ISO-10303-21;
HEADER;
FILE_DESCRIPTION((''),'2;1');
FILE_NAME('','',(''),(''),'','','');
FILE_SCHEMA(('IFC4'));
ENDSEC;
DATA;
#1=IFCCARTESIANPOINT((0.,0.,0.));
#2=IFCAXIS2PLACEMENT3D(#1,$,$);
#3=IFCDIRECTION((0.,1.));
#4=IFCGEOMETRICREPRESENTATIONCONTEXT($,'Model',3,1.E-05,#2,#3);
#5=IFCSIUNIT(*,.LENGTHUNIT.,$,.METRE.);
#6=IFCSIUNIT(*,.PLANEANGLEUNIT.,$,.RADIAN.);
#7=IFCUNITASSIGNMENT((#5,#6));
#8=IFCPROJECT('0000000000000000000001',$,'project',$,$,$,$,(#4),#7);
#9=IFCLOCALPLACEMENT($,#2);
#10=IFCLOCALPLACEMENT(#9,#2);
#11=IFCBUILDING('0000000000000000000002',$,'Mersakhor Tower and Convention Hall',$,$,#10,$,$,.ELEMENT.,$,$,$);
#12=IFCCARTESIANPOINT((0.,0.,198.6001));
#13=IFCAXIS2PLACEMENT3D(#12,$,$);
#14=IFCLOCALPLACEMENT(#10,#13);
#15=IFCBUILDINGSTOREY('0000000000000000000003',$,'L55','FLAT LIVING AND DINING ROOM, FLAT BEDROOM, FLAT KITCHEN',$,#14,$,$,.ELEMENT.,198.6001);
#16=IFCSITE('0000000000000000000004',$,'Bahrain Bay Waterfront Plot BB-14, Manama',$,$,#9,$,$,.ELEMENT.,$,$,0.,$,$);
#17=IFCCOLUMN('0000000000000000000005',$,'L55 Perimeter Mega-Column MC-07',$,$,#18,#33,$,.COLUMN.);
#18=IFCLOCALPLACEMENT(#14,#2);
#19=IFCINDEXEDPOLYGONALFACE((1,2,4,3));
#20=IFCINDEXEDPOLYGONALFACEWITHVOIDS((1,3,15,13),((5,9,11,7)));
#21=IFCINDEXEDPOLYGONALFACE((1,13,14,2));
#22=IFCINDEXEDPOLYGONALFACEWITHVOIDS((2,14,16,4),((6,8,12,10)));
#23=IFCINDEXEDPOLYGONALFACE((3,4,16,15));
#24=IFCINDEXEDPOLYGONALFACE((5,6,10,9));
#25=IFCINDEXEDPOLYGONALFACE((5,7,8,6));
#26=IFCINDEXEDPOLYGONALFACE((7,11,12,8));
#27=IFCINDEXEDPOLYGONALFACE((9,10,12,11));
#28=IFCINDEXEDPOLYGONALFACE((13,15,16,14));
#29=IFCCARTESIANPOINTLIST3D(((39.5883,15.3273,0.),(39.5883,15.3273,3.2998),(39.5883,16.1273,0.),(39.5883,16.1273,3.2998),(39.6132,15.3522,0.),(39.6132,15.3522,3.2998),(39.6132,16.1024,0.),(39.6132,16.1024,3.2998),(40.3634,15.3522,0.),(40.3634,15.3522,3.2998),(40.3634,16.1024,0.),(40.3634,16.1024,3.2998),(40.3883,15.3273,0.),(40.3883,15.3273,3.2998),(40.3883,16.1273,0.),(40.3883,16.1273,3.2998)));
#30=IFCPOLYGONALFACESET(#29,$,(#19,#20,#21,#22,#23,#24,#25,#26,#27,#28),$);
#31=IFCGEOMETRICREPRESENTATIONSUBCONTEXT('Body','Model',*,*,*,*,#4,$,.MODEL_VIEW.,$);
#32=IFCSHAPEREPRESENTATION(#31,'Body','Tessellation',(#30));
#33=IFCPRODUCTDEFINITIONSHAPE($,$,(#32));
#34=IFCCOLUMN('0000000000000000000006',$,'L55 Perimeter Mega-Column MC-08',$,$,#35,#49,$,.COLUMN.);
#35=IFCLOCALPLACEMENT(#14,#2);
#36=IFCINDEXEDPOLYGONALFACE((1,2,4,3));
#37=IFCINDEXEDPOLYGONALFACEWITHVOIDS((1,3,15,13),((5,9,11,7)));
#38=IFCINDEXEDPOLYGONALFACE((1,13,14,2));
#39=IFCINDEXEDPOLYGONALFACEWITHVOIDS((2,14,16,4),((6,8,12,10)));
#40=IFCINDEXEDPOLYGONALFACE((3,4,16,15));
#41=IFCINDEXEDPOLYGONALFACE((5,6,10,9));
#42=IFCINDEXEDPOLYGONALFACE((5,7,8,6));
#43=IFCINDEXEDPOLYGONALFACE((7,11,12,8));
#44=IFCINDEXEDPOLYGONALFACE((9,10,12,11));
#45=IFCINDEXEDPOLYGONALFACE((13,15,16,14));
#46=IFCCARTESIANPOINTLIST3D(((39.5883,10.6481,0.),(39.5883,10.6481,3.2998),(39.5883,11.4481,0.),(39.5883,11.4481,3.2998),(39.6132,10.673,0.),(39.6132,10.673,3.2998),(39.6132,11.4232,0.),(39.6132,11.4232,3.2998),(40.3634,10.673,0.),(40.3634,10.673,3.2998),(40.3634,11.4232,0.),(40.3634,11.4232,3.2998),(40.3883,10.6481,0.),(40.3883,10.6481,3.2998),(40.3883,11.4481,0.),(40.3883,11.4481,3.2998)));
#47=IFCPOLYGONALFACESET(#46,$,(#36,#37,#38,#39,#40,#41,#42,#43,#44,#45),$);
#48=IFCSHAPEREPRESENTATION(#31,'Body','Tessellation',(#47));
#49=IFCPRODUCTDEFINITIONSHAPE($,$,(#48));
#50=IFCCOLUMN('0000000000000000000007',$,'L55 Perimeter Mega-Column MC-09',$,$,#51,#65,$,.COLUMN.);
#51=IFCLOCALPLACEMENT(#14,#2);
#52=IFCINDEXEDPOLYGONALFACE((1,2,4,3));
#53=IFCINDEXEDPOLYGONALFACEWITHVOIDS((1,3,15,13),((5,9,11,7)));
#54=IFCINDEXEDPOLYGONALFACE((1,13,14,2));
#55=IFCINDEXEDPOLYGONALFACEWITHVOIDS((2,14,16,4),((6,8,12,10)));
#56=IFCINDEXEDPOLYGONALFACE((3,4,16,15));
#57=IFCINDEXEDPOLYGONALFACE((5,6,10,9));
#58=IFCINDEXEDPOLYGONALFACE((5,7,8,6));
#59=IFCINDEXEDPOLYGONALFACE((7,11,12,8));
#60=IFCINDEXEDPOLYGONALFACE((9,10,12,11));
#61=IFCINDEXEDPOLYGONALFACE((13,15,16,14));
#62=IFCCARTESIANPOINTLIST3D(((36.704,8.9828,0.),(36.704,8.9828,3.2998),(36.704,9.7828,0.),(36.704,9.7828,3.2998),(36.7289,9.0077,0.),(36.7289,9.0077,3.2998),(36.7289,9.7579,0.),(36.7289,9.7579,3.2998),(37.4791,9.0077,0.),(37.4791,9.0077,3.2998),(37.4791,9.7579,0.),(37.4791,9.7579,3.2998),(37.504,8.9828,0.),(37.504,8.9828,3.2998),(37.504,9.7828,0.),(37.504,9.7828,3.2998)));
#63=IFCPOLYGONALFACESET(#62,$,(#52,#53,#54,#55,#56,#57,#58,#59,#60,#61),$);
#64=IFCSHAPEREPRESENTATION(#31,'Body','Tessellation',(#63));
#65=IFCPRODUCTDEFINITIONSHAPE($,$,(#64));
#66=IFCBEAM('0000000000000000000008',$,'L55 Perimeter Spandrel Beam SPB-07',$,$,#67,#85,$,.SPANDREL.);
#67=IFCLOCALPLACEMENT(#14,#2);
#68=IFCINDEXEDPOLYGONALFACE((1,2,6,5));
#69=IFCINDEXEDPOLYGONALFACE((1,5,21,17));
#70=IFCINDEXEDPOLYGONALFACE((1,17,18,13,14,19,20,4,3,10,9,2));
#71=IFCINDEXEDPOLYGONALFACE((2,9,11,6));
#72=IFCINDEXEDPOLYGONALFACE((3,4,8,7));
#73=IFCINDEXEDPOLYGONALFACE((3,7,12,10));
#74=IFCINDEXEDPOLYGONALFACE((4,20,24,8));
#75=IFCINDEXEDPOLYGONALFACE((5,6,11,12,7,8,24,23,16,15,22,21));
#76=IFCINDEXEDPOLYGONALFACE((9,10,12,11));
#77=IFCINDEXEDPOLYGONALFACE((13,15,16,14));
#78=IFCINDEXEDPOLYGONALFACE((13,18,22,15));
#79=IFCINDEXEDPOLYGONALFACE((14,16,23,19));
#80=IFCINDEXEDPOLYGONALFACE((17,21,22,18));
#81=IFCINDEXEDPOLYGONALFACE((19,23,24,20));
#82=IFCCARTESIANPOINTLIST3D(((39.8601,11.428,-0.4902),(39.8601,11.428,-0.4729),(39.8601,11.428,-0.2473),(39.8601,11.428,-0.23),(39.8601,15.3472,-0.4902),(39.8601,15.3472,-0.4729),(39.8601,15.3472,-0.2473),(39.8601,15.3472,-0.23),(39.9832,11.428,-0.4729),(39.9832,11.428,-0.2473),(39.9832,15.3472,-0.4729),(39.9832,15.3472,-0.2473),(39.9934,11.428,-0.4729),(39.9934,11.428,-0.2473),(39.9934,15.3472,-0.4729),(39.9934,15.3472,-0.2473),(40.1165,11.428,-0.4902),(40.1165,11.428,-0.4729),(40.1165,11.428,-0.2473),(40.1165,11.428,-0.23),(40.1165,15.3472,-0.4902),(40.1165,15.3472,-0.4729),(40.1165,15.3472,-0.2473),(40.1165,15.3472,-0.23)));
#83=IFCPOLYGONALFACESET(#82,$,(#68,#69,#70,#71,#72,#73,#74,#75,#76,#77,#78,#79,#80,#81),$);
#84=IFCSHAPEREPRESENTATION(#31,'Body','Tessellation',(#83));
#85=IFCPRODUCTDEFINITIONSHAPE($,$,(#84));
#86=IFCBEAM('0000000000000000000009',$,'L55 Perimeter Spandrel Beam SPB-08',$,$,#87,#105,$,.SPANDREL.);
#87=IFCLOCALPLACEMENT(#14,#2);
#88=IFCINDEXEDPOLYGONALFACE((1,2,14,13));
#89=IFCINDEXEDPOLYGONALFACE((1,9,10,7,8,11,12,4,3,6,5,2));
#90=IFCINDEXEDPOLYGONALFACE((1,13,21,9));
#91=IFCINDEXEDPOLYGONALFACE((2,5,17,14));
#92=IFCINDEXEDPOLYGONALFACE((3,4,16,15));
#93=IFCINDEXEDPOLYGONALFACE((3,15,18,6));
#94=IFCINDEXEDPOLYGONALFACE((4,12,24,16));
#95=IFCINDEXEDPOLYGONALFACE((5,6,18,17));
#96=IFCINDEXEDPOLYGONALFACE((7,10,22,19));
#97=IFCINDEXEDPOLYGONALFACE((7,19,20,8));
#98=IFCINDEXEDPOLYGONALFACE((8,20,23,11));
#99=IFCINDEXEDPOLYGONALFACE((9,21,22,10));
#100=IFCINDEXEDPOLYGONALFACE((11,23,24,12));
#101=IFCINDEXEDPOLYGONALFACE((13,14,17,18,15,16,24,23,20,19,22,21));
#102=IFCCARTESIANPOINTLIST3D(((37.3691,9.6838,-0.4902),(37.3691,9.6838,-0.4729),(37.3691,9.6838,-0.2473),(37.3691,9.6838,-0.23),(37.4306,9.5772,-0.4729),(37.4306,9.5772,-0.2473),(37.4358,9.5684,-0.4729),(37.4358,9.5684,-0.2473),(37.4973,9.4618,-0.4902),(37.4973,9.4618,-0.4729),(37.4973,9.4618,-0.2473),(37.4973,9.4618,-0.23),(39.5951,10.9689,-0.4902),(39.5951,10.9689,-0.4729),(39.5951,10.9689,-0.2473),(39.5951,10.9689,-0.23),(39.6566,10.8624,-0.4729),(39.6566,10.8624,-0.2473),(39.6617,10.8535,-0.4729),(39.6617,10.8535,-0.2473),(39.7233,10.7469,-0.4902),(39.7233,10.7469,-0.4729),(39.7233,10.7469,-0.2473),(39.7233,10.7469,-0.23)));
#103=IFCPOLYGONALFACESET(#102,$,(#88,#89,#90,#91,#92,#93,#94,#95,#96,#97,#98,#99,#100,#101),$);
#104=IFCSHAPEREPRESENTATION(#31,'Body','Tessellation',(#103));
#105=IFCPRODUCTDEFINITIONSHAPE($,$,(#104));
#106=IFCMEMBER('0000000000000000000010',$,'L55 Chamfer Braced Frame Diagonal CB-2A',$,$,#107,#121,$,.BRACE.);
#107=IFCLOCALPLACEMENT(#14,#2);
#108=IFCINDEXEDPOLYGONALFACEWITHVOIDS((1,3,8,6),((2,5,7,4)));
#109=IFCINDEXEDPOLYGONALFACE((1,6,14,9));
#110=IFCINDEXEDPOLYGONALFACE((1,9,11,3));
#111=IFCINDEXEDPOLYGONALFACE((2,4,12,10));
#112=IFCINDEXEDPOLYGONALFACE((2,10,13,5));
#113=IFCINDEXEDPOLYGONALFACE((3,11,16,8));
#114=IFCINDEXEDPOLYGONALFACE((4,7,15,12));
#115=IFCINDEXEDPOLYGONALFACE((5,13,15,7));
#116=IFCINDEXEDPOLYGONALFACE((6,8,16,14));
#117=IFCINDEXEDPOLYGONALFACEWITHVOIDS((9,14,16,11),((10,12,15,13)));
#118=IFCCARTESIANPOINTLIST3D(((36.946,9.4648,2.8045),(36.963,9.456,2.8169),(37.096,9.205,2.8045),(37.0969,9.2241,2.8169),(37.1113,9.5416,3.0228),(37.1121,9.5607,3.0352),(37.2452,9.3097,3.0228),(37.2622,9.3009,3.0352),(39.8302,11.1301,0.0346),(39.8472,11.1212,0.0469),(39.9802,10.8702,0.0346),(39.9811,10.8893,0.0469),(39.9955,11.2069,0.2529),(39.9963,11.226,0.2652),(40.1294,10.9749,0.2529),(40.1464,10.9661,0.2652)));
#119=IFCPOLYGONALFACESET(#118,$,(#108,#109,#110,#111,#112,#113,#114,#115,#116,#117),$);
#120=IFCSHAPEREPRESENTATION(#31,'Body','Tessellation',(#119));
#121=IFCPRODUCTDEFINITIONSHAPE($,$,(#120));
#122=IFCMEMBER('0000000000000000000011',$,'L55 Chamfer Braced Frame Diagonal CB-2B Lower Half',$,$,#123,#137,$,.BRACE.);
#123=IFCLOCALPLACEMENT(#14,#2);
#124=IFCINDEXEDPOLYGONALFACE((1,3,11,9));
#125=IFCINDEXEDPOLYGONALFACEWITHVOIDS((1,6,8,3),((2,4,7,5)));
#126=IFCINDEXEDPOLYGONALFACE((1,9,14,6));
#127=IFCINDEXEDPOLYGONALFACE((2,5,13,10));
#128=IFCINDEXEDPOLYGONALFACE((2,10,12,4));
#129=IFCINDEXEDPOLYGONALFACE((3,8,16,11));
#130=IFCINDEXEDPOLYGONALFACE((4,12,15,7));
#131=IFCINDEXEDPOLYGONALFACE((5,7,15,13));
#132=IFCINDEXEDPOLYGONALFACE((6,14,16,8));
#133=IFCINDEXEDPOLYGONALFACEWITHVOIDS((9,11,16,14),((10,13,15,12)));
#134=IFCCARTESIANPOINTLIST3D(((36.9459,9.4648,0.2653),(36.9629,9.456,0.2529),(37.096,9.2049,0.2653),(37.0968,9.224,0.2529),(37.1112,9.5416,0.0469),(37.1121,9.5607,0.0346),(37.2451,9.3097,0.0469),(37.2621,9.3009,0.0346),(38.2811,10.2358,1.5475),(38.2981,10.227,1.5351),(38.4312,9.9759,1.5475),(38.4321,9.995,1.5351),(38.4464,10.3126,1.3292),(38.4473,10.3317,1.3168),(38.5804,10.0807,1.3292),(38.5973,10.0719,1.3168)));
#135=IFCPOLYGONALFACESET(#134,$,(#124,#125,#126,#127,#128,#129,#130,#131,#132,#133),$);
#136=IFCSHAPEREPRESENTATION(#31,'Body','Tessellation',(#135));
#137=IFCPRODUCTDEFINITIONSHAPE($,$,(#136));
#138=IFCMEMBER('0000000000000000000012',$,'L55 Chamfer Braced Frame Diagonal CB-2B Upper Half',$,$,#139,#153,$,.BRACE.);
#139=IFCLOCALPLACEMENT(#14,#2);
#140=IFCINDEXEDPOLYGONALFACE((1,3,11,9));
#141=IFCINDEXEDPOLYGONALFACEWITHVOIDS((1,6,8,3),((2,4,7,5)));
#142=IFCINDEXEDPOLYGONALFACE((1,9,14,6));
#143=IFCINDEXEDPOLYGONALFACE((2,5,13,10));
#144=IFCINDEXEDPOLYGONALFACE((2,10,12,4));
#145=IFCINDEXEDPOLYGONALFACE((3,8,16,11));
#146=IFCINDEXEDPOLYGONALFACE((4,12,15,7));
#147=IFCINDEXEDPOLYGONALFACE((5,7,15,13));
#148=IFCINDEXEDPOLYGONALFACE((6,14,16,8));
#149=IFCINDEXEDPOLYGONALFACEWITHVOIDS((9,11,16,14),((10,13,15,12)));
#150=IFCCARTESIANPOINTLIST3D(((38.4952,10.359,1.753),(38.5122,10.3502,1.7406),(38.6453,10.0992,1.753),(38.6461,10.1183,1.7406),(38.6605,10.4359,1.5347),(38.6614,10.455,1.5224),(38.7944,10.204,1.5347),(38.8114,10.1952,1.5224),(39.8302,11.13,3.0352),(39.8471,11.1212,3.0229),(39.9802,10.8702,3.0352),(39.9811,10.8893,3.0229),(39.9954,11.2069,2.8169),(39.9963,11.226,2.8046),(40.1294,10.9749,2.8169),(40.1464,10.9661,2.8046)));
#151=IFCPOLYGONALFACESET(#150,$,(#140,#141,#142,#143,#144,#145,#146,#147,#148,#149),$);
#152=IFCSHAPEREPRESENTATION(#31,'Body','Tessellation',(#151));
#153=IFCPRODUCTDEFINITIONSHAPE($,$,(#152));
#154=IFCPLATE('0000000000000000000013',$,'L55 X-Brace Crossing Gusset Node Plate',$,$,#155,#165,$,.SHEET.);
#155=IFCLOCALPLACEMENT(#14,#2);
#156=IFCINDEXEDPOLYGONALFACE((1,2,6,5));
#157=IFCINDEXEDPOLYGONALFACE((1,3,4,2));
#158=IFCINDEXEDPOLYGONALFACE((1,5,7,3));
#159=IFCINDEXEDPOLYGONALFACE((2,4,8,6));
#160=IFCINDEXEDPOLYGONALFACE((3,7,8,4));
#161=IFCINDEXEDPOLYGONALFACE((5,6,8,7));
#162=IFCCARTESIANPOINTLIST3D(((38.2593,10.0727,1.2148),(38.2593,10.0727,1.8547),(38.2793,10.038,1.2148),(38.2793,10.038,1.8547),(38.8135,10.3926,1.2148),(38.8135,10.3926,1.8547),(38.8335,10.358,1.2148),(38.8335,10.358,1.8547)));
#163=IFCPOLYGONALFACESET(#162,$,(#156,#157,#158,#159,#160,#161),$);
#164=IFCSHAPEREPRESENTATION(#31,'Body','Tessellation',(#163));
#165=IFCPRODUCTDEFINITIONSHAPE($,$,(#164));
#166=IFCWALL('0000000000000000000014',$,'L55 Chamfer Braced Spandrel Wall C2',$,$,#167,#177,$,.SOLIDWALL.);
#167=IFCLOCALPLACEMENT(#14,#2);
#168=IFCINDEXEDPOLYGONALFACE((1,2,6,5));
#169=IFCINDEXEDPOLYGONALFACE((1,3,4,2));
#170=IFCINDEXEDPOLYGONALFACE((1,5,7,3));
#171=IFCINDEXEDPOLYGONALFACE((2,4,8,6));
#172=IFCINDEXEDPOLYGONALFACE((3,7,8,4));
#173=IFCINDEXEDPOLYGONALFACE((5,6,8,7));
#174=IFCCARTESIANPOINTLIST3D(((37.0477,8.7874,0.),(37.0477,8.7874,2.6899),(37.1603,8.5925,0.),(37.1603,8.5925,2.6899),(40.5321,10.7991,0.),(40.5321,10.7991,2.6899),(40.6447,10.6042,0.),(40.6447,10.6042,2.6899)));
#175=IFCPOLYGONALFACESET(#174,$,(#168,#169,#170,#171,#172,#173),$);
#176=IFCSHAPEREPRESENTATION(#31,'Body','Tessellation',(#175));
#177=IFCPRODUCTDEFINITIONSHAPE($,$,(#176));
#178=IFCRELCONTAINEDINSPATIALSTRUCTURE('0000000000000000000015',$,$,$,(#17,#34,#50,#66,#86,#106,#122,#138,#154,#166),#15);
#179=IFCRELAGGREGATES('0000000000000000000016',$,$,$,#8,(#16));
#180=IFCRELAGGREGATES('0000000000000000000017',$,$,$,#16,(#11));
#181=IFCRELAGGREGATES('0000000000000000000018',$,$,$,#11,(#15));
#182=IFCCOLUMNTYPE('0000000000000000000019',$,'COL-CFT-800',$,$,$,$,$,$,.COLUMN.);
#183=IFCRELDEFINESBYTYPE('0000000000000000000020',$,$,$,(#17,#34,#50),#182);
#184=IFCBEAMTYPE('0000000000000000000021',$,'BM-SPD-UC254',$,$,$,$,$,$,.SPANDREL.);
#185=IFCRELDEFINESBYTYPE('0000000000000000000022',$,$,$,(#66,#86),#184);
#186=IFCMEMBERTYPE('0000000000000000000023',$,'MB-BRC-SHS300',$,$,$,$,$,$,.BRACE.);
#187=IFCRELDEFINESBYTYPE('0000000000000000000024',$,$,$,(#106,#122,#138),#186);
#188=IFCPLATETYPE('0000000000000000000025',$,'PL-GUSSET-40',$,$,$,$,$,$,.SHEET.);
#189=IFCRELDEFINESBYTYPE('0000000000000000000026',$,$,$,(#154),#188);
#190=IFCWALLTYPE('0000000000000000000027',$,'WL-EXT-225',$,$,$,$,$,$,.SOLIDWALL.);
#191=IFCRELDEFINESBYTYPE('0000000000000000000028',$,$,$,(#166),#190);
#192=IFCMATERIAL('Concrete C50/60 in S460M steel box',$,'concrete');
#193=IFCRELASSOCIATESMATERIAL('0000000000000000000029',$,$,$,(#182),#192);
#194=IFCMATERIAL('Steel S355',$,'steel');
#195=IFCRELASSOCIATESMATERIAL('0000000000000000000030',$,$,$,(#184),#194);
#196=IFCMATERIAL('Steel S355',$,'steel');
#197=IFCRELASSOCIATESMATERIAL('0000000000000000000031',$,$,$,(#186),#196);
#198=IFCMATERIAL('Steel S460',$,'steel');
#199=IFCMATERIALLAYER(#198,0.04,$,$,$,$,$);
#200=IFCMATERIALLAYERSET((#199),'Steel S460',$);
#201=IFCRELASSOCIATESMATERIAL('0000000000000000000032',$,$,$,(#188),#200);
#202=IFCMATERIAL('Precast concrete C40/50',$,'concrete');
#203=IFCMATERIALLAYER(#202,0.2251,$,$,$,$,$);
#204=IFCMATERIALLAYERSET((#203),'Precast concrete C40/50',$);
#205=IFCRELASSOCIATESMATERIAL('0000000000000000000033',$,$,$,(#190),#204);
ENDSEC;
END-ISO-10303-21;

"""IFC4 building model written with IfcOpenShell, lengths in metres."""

from ifc_helpers import new_model, si_unit, direction, frame, frame_2d, origin, origin_2d, place, context, subcontext, project, spatial, rectangle, hollow_rectangle, i_section, extrude, material, layer, layer_set, material_profile, profile_set, type_object, element, save


model = new_model("IFC4")

# Units and contexts
model_context = context("Model", 3, precision=1e-05, world=origin(), true_north=direction((0.0, 1.0)))
body_context = subcontext(model_context, "Body", "Model", "MODEL_VIEW")
ifc_project = project(units=[si_unit("LENGTHUNIT", "METRE"), si_unit("PLANEANGLEUNIT", "RADIAN")], contexts=[model_context])

# Site, building, storey
site_placement = place(None, origin())
site = spatial("IfcSite", under=ifc_project, at=site_placement, Name="Bahrain Bay Waterfront Plot BB-14, Manama", CompositionType="ELEMENT", RefElevation=0.0)
building_placement = place(site_placement, origin())
building = spatial("IfcBuilding", under=site, at=building_placement, Name="Mersakhor Tower and Convention Hall", CompositionType="ELEMENT")
storey_placement = place(building_placement, frame((0.0, 0.0, 198.6001)))
storey = spatial("IfcBuildingStorey", under=building, at=storey_placement, Name="L55", Description="FLAT LIVING AND DINING ROOM, FLAT BEDROOM, FLAT KITCHEN", CompositionType="ELEMENT", Elevation=198.6001)

# Columns
ifc_material_1 = material(Name="Concrete C50/60 in S460M steel box", Category="concrete")
ifc_material_profile_1 = material_profile(ifc_material_1, hollow_rectangle(XDim=0.8, YDim=0.8, WallThickness=0.0249, at=origin_2d()), Name="SHS 800x800x25")
ifc_profile_set_1 = profile_set([ifc_material_profile_1], Name="Concrete C50/60 in S460M steel box")
column_type = type_object("IfcColumnType", Name="COL-CFT-800", PredefinedType="COLUMN", material=ifc_profile_set_1)
for number, where, z_axis, x_axis, name in (
    (1, (39.9883, 15.7273, 0.0), (0.0, 0.0, 1.0), (1.0, 0.0, 0.0), "L55 Perimeter Mega-Column MC-07"),
    (2, (39.9883, 11.0481, 0.0), (0.0, 0.0, 1.0), (1.0, 0.0, 0.0), "L55 Perimeter Mega-Column MC-08"),
    (3, (37.104, 9.3828, 0.0), (0.0, 0.0, 1.0), (1.0, 0.0, 0.0), "L55 Perimeter Mega-Column MC-09"),
):
    element("IfcColumn", number, at=place(storey_placement, frame(where, z_axis=z_axis, x_axis=x_axis)), inside=storey, type_object=column_type, Name=name, PredefinedType="COLUMN", context=body_context, shape_type="SweptSolid", body=[
        extrude(hollow_rectangle(XDim=0.8, YDim=0.8, WallThickness=0.0249, at=origin_2d()), origin(), (0.0, 0.0, 1.0), 3.2998),
    ])

# Beams
ifc_material_2 = material(Name="Steel S355", Category="steel")
ifc_material_profile_2 = material_profile(ifc_material_2, i_section(OverallWidth=0.2563, OverallDepth=0.2603, WebThickness=0.0103, FlangeThickness=0.0173, at=origin_2d()), Name="UC 254x254x89")
ifc_profile_set_2 = profile_set([ifc_material_profile_2], Name="Steel S355")
beam_type = type_object("IfcBeamType", Name="BM-SPD-UC254", PredefinedType="SPANDREL", material=ifc_profile_set_2)
beam_1_placement = place(storey_placement, frame((39.9883, 15.3472, -0.3601), z_axis=(0.0, -1.0, 0.0), x_axis=(1.0, 0.0, 0.0)))
element("IfcBeam", 4, at=beam_1_placement, inside=storey, type_object=beam_type, Name="L55 Perimeter Spandrel Beam SPB-07", PredefinedType="SPANDREL", context=body_context, shape_type="SweptSolid", body=[
    extrude(i_section(OverallWidth=0.2563, OverallDepth=0.2603, WebThickness=0.0103, FlangeThickness=0.0173, at=origin_2d()), origin(), (0.0, 0.0, 1.0), 3.9192),
])
beam_2_placement = place(storey_placement, frame((39.6592, 10.8579, -0.3601), z_axis=(-0.866037, -0.49998, 0.0), x_axis=(0.49998, -0.866037, 0.0)))
element("IfcBeam", 5, at=beam_2_placement, inside=storey, type_object=beam_type, Name="L55 Perimeter Spandrel Beam SPB-08", PredefinedType="SPANDREL", context=body_context, shape_type="SweptSolid", body=[
    extrude(i_section(OverallWidth=0.2563, OverallDepth=0.2603, WebThickness=0.0103, FlangeThickness=0.0173, at=origin_2d()), origin(), (0.0, 0.0, 1.0), 2.5703),
])

# Members
ifc_material_3 = material(Name="Steel S355", Category="steel")
ifc_material_profile_3 = material_profile(ifc_material_3, hollow_rectangle(XDim=0.3, YDim=0.3, WallThickness=0.0161, at=origin_2d()), Name="SHS 300x300x16")
ifc_profile_set_3 = profile_set([ifc_material_profile_3], Name="Steel S355")
member_type = type_object("IfcMemberType", Name="MB-BRC-SHS300", PredefinedType="BRACE", material=ifc_profile_set_3)
member_1_placement = place(storey_placement, frame((39.9883, 11.0481, 0.1499), z_axis=(-0.665825, -0.384425, 0.639449), x_axis=(0.50001, -0.86602, 0.0)))
element("IfcMember", 6, at=member_1_placement, inside=storey, type_object=member_type, Name="L55 Chamfer Braced Frame Diagonal CB-2A", PredefinedType="BRACE", context=body_context, shape_type="SweptSolid", body=[
    extrude(hollow_rectangle(XDim=0.3, YDim=0.3, WallThickness=0.0161, at=origin_2d()), origin(), (0.0, 0.0, 1.0), 4.3318),
])
member_2_placement = place(storey_placement, frame((37.104, 9.3828, 0.1499), z_axis=(0.665831, 0.384475, 0.639412), x_axis=(-0.500056, 0.865993, 0.0)))
element("IfcMember", 7, at=member_2_placement, inside=storey, type_object=member_type, Name="L55 Chamfer Braced Frame Diagonal CB-2B Lower Half", PredefinedType="BRACE", context=body_context, shape_type="SweptSolid", body=[
    extrude(hollow_rectangle(XDim=0.3, YDim=0.3, WallThickness=0.0161, at=origin_2d()), origin(), (0.0, 0.0, 1.0), 2.0054),
])
member_3_placement = place(storey_placement, frame((38.6533, 10.2771, 1.6377), z_axis=(0.665763, 0.384506, 0.639464), x_axis=(-0.500125, 0.865953, 0.0)))
element("IfcMember", 8, at=member_3_placement, inside=storey, type_object=member_type, Name="L55 Chamfer Braced Frame Diagonal CB-2B Upper Half", PredefinedType="BRACE", context=body_context, shape_type="SweptSolid", body=[
    extrude(hollow_rectangle(XDim=0.3, YDim=0.3, WallThickness=0.0161, at=origin_2d()), origin(), (0.0, 0.0, 1.0), 2.0051),
])

# Plate
ifc_material_4 = material(Name="Steel S460", Category="steel")
ifc_layer_1 = layer(ifc_material_4, 0.04)
ifc_layer_set_1 = layer_set([ifc_layer_1], Name="Steel S460")
plate_type = type_object("IfcPlateType", Name="PL-GUSSET-40", PredefinedType="SHEET", material=ifc_layer_set_1)
plate_placement = place(storey_placement, frame((38.5464, 10.2153, 1.2148), z_axis=(0.0, 0.0, 1.0), x_axis=(0.866025, 0.5, 0.0)))
element("IfcPlate", 9, at=plate_placement, inside=storey, type_object=plate_type, Name="L55 X-Brace Crossing Gusset Node Plate", PredefinedType="SHEET", context=body_context, shape_type="SweptSolid", body=[
    extrude(rectangle(XDim=0.6399, YDim=0.04, at=origin_2d()), origin(), (0.0, 0.0, 1.0), 0.6399),
])

# Wall
ifc_material_5 = material(Name="Precast concrete C40/50", Category="concrete")
ifc_layer_2 = layer(ifc_material_5, 0.2251)
ifc_layer_set_2 = layer_set([ifc_layer_2], Name="Precast concrete C40/50")
wall_type_1 = type_object("IfcWallType", Name="WL-EXT-225", PredefinedType="SOLIDWALL", material=ifc_layer_set_2)
wall_1_placement = place(storey_placement, frame((40.5884, 10.7017, 0.0), z_axis=(0.0, 0.0, 1.0), x_axis=(-0.866024, -0.500003, 0.0)))
element("IfcWall", 10, at=wall_1_placement, inside=storey, type_object=wall_type_1, Name="L55 Chamfer Braced Spandrel Wall C2", PredefinedType="SOLIDWALL", context=body_context, shape_type="SweptSolid", body=[
    extrude(rectangle(XDim=4.0234, YDim=0.2251, at=frame_2d((2.0117, 0.0))), origin(), (0.0, 0.0, 1.0), 2.6899),
])

save(model, "model.ifc")
